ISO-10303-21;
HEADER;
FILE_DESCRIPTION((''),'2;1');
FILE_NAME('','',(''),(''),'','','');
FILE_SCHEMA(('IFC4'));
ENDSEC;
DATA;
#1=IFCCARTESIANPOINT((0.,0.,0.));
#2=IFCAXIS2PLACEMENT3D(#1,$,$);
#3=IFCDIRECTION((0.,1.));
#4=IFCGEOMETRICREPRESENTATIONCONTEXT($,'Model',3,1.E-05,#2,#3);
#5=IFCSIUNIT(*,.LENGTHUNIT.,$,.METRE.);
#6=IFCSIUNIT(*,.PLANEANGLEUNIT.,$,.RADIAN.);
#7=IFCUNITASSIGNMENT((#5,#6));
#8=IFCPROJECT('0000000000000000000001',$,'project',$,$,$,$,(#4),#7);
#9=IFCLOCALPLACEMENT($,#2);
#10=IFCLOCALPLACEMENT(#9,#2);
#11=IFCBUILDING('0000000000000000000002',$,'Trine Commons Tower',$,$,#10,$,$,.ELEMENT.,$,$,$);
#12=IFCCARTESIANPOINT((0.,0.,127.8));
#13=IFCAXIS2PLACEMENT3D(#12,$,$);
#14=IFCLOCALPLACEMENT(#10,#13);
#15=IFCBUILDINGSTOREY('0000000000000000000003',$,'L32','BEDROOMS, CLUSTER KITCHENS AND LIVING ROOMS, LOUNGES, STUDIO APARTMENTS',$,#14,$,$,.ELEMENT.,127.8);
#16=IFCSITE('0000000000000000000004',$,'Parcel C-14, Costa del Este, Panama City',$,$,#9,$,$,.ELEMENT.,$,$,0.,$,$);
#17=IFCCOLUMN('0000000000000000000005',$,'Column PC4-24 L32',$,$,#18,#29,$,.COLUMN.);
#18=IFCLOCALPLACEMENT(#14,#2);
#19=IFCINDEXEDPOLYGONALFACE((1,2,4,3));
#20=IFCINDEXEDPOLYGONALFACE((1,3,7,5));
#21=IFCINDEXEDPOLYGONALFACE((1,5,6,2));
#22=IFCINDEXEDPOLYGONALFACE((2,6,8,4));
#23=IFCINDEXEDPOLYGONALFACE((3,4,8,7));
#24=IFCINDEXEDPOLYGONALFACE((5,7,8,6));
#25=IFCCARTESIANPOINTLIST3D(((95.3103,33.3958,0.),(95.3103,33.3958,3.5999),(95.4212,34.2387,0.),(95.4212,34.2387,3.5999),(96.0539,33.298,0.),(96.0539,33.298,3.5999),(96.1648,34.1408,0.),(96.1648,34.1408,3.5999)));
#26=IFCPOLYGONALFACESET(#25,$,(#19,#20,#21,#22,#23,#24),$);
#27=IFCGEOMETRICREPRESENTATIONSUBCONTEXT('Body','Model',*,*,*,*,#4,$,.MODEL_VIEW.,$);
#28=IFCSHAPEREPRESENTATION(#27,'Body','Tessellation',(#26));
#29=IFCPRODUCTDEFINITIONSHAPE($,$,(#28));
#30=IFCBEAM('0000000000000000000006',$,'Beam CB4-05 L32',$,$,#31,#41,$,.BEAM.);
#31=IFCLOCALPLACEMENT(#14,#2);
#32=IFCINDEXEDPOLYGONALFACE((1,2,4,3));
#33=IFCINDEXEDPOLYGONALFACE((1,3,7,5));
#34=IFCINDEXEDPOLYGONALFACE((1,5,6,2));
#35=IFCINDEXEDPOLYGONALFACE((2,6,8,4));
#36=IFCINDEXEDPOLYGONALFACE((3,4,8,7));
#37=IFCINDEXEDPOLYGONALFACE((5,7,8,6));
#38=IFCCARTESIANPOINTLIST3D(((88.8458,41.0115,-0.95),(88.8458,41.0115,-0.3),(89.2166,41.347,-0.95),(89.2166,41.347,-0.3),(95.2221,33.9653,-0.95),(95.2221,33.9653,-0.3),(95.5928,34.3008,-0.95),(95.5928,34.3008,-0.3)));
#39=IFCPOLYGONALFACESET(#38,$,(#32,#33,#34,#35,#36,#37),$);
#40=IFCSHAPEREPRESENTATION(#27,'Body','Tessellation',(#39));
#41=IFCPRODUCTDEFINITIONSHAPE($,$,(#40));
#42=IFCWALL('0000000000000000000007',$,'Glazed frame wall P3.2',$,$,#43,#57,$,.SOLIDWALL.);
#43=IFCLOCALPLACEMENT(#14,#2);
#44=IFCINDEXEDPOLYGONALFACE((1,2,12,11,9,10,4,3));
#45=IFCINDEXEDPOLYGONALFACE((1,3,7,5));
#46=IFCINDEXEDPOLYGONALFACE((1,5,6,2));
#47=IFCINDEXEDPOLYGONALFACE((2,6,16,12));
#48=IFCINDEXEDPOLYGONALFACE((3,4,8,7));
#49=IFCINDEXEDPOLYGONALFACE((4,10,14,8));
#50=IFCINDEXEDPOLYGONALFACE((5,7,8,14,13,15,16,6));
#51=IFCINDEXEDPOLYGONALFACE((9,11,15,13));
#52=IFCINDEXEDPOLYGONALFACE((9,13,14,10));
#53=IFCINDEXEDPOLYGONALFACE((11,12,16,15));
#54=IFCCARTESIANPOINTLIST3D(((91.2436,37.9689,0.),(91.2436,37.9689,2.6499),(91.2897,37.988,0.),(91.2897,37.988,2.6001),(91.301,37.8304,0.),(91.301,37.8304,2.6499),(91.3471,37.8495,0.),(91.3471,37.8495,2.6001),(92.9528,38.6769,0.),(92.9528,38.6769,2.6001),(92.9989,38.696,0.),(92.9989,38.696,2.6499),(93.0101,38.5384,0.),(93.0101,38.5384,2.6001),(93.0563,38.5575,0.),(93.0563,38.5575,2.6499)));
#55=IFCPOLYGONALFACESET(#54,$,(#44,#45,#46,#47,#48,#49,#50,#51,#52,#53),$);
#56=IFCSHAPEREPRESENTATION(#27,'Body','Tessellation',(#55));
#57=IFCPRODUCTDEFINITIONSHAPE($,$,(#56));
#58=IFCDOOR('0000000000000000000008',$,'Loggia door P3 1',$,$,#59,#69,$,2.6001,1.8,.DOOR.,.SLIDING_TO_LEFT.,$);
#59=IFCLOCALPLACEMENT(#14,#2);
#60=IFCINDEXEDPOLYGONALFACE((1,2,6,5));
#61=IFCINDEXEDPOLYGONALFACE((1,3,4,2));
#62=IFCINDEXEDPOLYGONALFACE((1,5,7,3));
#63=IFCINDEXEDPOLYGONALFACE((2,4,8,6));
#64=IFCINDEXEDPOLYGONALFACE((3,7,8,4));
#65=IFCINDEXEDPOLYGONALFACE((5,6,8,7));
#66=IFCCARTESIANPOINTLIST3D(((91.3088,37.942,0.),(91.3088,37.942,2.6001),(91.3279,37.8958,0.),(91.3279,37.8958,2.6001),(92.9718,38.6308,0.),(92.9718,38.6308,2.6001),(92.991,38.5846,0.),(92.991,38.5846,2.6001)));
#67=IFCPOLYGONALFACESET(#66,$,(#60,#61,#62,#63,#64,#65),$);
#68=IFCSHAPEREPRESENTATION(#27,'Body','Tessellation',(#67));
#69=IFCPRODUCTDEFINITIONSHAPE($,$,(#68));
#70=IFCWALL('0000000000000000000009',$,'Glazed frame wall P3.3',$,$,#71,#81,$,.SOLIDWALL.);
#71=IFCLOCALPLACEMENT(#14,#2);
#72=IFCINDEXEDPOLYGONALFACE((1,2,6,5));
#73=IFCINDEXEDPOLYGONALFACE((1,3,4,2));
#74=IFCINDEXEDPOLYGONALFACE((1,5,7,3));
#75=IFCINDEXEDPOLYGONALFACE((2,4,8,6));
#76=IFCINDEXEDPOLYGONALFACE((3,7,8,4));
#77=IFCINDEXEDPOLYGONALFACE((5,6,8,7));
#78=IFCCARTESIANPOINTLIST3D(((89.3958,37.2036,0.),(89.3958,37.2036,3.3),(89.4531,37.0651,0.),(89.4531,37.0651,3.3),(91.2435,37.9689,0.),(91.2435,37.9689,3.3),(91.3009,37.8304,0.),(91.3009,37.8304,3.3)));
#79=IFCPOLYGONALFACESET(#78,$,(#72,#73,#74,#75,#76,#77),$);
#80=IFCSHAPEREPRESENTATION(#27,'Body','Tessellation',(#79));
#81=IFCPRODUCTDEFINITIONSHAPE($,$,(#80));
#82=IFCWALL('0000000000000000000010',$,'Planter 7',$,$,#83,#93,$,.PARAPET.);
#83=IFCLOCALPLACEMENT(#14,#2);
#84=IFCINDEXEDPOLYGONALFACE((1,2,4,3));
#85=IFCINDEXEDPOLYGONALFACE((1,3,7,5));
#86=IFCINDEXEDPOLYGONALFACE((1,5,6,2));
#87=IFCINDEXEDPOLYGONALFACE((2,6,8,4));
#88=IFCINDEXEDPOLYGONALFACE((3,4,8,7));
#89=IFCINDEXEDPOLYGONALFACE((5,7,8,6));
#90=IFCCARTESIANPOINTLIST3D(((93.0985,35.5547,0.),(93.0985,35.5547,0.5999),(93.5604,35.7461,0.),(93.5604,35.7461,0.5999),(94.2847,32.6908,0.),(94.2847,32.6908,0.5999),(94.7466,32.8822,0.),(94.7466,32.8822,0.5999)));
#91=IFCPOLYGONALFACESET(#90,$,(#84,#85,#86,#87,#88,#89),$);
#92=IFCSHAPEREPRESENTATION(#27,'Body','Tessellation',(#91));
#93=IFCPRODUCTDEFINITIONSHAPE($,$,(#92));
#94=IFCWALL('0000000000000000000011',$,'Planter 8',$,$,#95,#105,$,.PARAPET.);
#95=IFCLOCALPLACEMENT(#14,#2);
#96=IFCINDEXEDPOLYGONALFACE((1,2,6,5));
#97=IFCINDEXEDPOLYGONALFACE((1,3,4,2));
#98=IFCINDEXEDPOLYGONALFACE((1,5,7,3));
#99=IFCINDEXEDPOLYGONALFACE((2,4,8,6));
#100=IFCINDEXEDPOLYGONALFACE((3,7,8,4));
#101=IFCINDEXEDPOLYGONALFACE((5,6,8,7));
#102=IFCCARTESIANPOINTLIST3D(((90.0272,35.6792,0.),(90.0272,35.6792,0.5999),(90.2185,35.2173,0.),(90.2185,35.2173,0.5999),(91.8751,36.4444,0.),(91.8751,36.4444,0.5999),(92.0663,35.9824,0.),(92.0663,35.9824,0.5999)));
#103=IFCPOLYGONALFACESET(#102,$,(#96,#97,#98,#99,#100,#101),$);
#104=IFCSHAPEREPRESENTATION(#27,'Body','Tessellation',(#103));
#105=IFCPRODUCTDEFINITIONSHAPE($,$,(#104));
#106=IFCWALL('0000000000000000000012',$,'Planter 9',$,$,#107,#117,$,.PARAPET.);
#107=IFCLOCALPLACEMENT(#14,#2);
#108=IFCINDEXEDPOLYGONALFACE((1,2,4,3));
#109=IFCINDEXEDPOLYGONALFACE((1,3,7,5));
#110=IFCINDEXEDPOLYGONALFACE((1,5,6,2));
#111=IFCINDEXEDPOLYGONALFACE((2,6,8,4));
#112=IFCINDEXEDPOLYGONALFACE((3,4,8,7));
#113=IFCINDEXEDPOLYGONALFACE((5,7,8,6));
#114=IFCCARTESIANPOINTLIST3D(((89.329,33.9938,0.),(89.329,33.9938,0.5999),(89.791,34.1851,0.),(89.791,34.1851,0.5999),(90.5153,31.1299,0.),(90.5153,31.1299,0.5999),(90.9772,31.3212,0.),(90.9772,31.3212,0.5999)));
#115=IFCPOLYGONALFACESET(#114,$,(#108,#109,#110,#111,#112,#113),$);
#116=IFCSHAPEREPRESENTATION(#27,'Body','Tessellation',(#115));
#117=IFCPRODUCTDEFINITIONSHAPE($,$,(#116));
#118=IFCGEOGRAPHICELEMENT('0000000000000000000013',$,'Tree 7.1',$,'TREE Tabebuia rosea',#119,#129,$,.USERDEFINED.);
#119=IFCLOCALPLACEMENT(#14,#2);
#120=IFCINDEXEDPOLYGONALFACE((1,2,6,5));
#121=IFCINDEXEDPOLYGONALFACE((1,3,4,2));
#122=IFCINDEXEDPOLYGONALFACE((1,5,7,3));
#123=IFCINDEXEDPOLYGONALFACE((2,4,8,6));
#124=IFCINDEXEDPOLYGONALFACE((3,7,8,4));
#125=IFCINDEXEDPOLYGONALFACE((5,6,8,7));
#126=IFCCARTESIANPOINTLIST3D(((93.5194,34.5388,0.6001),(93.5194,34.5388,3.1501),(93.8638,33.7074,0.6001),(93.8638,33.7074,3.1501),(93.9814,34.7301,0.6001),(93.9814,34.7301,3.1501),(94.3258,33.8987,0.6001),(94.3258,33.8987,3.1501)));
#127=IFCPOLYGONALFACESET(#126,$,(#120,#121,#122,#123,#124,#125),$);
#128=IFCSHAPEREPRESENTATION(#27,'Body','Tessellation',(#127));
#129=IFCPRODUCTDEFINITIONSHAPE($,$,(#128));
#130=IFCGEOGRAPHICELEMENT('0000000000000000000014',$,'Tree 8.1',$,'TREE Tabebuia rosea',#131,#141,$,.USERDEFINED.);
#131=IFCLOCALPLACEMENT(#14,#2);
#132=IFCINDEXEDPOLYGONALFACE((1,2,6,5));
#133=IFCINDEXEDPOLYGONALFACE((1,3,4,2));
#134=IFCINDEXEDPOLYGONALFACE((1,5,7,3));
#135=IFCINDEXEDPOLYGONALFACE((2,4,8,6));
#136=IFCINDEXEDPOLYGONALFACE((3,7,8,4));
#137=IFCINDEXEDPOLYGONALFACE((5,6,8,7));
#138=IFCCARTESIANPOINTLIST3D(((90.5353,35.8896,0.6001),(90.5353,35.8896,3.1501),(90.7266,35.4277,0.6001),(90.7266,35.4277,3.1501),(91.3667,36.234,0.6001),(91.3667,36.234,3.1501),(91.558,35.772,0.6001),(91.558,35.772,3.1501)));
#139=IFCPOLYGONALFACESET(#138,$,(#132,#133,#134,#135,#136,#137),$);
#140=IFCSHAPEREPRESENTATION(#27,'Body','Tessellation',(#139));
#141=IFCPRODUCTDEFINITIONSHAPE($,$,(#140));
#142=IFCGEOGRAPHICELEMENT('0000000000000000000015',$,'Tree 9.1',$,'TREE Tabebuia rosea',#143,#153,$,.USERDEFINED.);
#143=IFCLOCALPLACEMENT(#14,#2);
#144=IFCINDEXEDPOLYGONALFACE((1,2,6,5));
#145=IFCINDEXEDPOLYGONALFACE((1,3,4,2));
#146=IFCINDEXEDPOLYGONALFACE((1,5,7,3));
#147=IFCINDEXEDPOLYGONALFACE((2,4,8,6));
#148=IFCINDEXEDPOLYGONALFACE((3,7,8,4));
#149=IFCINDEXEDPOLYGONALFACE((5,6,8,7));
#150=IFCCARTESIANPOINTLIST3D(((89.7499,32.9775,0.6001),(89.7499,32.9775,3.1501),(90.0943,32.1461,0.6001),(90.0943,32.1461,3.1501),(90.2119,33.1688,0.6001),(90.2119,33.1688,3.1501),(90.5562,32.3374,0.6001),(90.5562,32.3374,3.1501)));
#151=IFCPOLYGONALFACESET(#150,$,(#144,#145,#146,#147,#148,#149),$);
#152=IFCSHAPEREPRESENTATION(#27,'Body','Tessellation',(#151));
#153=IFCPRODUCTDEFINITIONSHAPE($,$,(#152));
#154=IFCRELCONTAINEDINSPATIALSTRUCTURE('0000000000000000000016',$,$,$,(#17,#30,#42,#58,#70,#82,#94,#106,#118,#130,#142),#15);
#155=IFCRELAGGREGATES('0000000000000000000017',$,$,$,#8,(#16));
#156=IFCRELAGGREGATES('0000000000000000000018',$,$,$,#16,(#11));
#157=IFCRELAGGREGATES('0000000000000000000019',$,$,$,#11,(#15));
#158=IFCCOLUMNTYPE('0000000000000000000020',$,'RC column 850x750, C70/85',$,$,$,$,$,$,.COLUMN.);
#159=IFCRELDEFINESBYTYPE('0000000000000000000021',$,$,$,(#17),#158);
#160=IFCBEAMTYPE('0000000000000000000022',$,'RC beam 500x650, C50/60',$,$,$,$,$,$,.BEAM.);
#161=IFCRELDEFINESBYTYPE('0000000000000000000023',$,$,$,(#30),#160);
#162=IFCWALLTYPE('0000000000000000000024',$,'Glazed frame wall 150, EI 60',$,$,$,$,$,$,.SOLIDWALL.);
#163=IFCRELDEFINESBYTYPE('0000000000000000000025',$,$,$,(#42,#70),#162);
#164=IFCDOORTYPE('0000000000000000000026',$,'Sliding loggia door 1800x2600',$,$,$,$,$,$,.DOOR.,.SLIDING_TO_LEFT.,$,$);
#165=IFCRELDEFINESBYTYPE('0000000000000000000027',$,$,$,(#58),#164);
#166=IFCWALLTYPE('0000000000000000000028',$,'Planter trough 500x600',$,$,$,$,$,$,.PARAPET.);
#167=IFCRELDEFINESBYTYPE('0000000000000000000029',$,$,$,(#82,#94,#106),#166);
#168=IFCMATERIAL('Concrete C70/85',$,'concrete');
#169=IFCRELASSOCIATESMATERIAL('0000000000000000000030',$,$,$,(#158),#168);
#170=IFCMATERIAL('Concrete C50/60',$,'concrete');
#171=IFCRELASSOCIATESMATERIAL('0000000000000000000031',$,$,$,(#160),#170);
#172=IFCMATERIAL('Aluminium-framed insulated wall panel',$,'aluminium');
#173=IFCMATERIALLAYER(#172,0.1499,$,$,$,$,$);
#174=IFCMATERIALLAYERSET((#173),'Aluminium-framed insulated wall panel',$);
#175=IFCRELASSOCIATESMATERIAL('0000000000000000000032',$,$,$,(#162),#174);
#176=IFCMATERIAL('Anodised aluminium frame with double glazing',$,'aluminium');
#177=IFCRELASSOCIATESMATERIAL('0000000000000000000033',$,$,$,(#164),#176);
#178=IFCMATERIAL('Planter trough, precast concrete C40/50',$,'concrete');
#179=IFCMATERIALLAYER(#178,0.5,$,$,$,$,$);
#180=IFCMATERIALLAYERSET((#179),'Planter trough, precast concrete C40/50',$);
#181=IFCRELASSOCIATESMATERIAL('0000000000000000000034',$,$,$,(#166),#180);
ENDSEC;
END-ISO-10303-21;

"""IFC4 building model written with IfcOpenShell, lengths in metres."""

from ifc_helpers import new_model, si_unit, direction, frame, frame_2d, origin, origin_2d, place, context, subcontext, project, spatial, polyline, rectangle, outline, extrude, material, layer, layer_set, material_profile, profile_set, type_object, element, fill, save


model = new_model("IFC4")

# Units and contexts
model_context = context("Model", 3, precision=1e-05, world=origin(), true_north=direction((0.0, 1.0)))
body_context = subcontext(model_context, "Body", "Model", "MODEL_VIEW")
ifc_project = project(units=[si_unit("LENGTHUNIT", "METRE"), si_unit("PLANEANGLEUNIT", "RADIAN")], contexts=[model_context])

# Site, building, storey
site_placement = place(None, origin())
site = spatial("IfcSite", under=ifc_project, at=site_placement, Name="Parcel C-14, Costa del Este, Panama City", CompositionType="ELEMENT", RefElevation=0.0)
building_placement = place(site_placement, origin())
building = spatial("IfcBuilding", under=site, at=building_placement, Name="Trine Commons Tower", CompositionType="ELEMENT")
storey_placement = place(building_placement, frame((0.0, 0.0, 127.8)))
storey = spatial("IfcBuildingStorey", under=building, at=storey_placement, Name="L32", Description="BEDROOMS, CLUSTER KITCHENS AND LIVING ROOMS, LOUNGES, STUDIO APARTMENTS", CompositionType="ELEMENT", Elevation=127.8)

# Column
ifc_material_1 = material(Name="Concrete C70/85", Category="concrete")
ifc_material_profile_1 = material_profile(ifc_material_1, rectangle(XDim=0.8501, YDim=0.75, at=origin_2d()), Name="RC 850x750")
ifc_profile_set_1 = profile_set([ifc_material_profile_1], Name="Concrete C70/85")
column_type = type_object("IfcColumnType", Name="RC column 850x750, C70/85", PredefinedType="COLUMN", material=ifc_profile_set_1)
column_placement = place(storey_placement, frame((95.7375, 33.7683, 0.0), z_axis=(0.0, 0.0, 1.0), x_axis=(0.130526, 0.991445, 0.0)))
element("IfcColumn", 1, at=column_placement, inside=storey, type_object=column_type, Name="Column PC4-24 L32", PredefinedType="COLUMN", context=body_context, shape_type="SweptSolid", body=[
    extrude(rectangle(XDim=0.8501, YDim=0.75, at=origin_2d()), origin(), (0.0, 0.0, 1.0), 3.5999),
])

# Beam
ifc_material_2 = material(Name="Concrete C50/60", Category="concrete")
ifc_material_profile_2 = material_profile(ifc_material_2, rectangle(XDim=0.5, YDim=0.6499, at=origin_2d()), Name="RC 500x650")
ifc_profile_set_2 = profile_set([ifc_material_profile_2], Name="Concrete C50/60")
beam_type = type_object("IfcBeamType", Name="RC beam 500x650, C50/60", PredefinedType="BEAM", material=ifc_profile_set_2)
beam_placement = place(storey_placement, frame((95.4075, 34.1331, -0.625), z_axis=(-0.670979, 0.741476, 0.0), x_axis=(-0.741476, -0.670979, 0.0)))
element("IfcBeam", 2, at=beam_placement, inside=storey, type_object=beam_type, Name="Beam CB4-05 L32", PredefinedType="BEAM", context=body_context, shape_type="SweptSolid", body=[
    extrude(rectangle(XDim=0.5, YDim=0.6499, at=origin_2d()), origin(), (0.0, 0.0, 1.0), 9.5029),
])

# Shared definitions
ifc_material_3 = material(Name="Aluminium-framed insulated wall panel", Category="aluminium")
ifc_layer_1 = layer(ifc_material_3, 0.1499)
ifc_layer_set_1 = layer_set([ifc_layer_1], Name="Aluminium-framed insulated wall panel")
wall_type_1 = type_object("IfcWallType", Name="Glazed frame wall 150, EI 60", PredefinedType="SOLIDWALL", material=ifc_layer_set_1)

# Wall, opening, door
wall_1_placement = place(storey_placement, frame((93.0276, 38.6267, 0.0), z_axis=(0.0, 0.0, 1.0), x_axis=(-0.923888, -0.382662, 0.0)))
wall_1 = element("IfcWall", 3, at=wall_1_placement, inside=storey, type_object=wall_type_1, Name="Glazed frame wall P3.2", PredefinedType="SOLIDWALL", context=body_context, shape_type="SweptSolid", body=[
    extrude(outline(polyline([(0.0, -0.075), (1.8999, -0.075), (1.8999, 0.075), (0.0, 0.075), (0.0, -0.075)])), origin(), (0.0, 0.0, 1.0), 2.6499),
])
opening_placement = place(wall_1_placement, frame((0.05, 0.0, 0.0)))
opening = element("IfcOpeningElement", 4, at=opening_placement, cuts=wall_1, PredefinedType="OPENING", context=body_context, shape_type="SweptSolid", body=[
    extrude(rectangle(XDim=1.8, YDim=2.6001, at=frame_2d((0.8999, 1.3))), frame((0.0, 0.085, 0.0), z_axis=(0.0, -1.0, 0.0), x_axis=(1.0, 0.0, 0.0)), (0.0, 0.0, 1.0), 0.1699),
])
ifc_material_4 = material(Name="Anodised aluminium frame with double glazing", Category="aluminium")
door_type = type_object("IfcDoorType", Name="Sliding loggia door 1800x2600", OperationType="SLIDING_TO_LEFT", PredefinedType="DOOR", material=ifc_material_4)
door_placement = place(opening_placement, origin())
door = element("IfcDoor", 5, at=door_placement, inside=storey, type_object=door_type, Name="Loggia door P3 1", OperationType="SLIDING_TO_LEFT", OverallHeight=2.6001, OverallWidth=1.8, PredefinedType="DOOR", context=body_context, shape_type="SweptSolid", body=[
    extrude(rectangle(XDim=1.8, YDim=2.6001, at=frame_2d((0.8999, 1.3))), frame((0.0, 0.0249, 0.0), z_axis=(0.0, -1.0, 0.0), x_axis=(1.0, 0.0, 0.0)), (0.0, 0.0, 1.0), 0.05),
])
fill(opening, door)

# Walls
wall_2_placement = place(storey_placement, frame((91.2722, 37.8997, 0.0), z_axis=(0.0, 0.0, 1.0), x_axis=(-0.923887, -0.382664, 0.0)))
element("IfcWall", 6, at=wall_2_placement, inside=storey, type_object=wall_type_1, Name="Glazed frame wall P3.3", PredefinedType="SOLIDWALL", context=body_context, shape_type="SweptSolid", body=[
    extrude(outline(polyline([(0.0, -0.075), (2.0, -0.075), (2.0, 0.075), (0.0, 0.075), (0.0, -0.075)])), origin(), (0.0, 0.0, 1.0), 3.3),
])
ifc_material_5 = material(Name="Planter trough, precast concrete C40/50", Category="concrete")
ifc_layer_2 = layer(ifc_material_5, 0.5)
ifc_layer_set_2 = layer_set([ifc_layer_2], Name="Planter trough, precast concrete C40/50")
wall_type_2 = type_object("IfcWallType", Name="Planter trough 500x600", PredefinedType="PARAPET", material=ifc_layer_set_2)
wall_3_placement = place(storey_placement, frame((94.5156, 32.7866, 0.0), z_axis=(0.0, 0.0, 1.0), x_axis=(-0.382674, 0.923883, 0.0)))
element("IfcWall", 7, at=wall_3_placement, inside=storey, type_object=wall_type_2, Name="Planter 7", PredefinedType="PARAPET", context=body_context, shape_type="SweptSolid", body=[
    extrude(rectangle(XDim=3.0999, YDim=0.5, at=frame_2d((1.5498, 0.0))), origin(), (0.0, 0.0, 1.0), 0.5999),
])
wall_4_placement = place(storey_placement, frame((91.9707, 36.2134, 0.0), z_axis=(0.0, 0.0, 1.0), x_axis=(-0.923931, -0.38256, 0.0)))
element("IfcWall", 8, at=wall_4_placement, inside=storey, type_object=wall_type_2, Name="Planter 8", PredefinedType="PARAPET", context=body_context, shape_type="SweptSolid", body=[
    extrude(rectangle(XDim=2.0, YDim=0.5, at=frame_2d((1.0, 0.0))), origin(), (0.0, 0.0, 1.0), 0.5999),
])
wall_5_placement = place(storey_placement, frame((89.5601, 34.0894, 0.0), z_axis=(0.0, 0.0, 1.0), x_axis=(0.382674, -0.923883, 0.0)))
element("IfcWall", 9, at=wall_5_placement, inside=storey, type_object=wall_type_2, Name="Planter 9", PredefinedType="PARAPET", context=body_context, shape_type="SweptSolid", body=[
    extrude(rectangle(XDim=3.0999, YDim=0.5, at=frame_2d((1.5498, 0.0))), origin(), (0.0, 0.0, 1.0), 0.5999),
])

# Geographic elements
for number, where, z_axis, x_axis, name in (
    (10, (93.9226, 34.2188, 0.6001), (0.0, 0.0, 1.0), (-0.382695, 0.923875, 0.0), "Tree 7.1"),
    (11, (91.0466, 35.8308, 0.6001), (0.0, 0.0, 1.0), (-0.923878, -0.382688, 0.0), "Tree 8.1"),
    (12, (90.1531, 32.6575, 0.6001), (0.0, 0.0, 1.0), (0.382695, -0.923875, 0.0), "Tree 9.1"),
):
    element("IfcGeographicElement", number, at=place(storey_placement, frame(where, z_axis=z_axis, x_axis=x_axis)), inside=storey, Name=name, ObjectType="TREE Tabebuia rosea", PredefinedType="USERDEFINED", context=body_context, shape_type="SweptSolid", body=[
        extrude(rectangle(XDim=0.8999, YDim=0.5, at=origin_2d()), origin(), (0.0, 0.0, 1.0), 2.55),
    ])

save(model, "model.ifc")
